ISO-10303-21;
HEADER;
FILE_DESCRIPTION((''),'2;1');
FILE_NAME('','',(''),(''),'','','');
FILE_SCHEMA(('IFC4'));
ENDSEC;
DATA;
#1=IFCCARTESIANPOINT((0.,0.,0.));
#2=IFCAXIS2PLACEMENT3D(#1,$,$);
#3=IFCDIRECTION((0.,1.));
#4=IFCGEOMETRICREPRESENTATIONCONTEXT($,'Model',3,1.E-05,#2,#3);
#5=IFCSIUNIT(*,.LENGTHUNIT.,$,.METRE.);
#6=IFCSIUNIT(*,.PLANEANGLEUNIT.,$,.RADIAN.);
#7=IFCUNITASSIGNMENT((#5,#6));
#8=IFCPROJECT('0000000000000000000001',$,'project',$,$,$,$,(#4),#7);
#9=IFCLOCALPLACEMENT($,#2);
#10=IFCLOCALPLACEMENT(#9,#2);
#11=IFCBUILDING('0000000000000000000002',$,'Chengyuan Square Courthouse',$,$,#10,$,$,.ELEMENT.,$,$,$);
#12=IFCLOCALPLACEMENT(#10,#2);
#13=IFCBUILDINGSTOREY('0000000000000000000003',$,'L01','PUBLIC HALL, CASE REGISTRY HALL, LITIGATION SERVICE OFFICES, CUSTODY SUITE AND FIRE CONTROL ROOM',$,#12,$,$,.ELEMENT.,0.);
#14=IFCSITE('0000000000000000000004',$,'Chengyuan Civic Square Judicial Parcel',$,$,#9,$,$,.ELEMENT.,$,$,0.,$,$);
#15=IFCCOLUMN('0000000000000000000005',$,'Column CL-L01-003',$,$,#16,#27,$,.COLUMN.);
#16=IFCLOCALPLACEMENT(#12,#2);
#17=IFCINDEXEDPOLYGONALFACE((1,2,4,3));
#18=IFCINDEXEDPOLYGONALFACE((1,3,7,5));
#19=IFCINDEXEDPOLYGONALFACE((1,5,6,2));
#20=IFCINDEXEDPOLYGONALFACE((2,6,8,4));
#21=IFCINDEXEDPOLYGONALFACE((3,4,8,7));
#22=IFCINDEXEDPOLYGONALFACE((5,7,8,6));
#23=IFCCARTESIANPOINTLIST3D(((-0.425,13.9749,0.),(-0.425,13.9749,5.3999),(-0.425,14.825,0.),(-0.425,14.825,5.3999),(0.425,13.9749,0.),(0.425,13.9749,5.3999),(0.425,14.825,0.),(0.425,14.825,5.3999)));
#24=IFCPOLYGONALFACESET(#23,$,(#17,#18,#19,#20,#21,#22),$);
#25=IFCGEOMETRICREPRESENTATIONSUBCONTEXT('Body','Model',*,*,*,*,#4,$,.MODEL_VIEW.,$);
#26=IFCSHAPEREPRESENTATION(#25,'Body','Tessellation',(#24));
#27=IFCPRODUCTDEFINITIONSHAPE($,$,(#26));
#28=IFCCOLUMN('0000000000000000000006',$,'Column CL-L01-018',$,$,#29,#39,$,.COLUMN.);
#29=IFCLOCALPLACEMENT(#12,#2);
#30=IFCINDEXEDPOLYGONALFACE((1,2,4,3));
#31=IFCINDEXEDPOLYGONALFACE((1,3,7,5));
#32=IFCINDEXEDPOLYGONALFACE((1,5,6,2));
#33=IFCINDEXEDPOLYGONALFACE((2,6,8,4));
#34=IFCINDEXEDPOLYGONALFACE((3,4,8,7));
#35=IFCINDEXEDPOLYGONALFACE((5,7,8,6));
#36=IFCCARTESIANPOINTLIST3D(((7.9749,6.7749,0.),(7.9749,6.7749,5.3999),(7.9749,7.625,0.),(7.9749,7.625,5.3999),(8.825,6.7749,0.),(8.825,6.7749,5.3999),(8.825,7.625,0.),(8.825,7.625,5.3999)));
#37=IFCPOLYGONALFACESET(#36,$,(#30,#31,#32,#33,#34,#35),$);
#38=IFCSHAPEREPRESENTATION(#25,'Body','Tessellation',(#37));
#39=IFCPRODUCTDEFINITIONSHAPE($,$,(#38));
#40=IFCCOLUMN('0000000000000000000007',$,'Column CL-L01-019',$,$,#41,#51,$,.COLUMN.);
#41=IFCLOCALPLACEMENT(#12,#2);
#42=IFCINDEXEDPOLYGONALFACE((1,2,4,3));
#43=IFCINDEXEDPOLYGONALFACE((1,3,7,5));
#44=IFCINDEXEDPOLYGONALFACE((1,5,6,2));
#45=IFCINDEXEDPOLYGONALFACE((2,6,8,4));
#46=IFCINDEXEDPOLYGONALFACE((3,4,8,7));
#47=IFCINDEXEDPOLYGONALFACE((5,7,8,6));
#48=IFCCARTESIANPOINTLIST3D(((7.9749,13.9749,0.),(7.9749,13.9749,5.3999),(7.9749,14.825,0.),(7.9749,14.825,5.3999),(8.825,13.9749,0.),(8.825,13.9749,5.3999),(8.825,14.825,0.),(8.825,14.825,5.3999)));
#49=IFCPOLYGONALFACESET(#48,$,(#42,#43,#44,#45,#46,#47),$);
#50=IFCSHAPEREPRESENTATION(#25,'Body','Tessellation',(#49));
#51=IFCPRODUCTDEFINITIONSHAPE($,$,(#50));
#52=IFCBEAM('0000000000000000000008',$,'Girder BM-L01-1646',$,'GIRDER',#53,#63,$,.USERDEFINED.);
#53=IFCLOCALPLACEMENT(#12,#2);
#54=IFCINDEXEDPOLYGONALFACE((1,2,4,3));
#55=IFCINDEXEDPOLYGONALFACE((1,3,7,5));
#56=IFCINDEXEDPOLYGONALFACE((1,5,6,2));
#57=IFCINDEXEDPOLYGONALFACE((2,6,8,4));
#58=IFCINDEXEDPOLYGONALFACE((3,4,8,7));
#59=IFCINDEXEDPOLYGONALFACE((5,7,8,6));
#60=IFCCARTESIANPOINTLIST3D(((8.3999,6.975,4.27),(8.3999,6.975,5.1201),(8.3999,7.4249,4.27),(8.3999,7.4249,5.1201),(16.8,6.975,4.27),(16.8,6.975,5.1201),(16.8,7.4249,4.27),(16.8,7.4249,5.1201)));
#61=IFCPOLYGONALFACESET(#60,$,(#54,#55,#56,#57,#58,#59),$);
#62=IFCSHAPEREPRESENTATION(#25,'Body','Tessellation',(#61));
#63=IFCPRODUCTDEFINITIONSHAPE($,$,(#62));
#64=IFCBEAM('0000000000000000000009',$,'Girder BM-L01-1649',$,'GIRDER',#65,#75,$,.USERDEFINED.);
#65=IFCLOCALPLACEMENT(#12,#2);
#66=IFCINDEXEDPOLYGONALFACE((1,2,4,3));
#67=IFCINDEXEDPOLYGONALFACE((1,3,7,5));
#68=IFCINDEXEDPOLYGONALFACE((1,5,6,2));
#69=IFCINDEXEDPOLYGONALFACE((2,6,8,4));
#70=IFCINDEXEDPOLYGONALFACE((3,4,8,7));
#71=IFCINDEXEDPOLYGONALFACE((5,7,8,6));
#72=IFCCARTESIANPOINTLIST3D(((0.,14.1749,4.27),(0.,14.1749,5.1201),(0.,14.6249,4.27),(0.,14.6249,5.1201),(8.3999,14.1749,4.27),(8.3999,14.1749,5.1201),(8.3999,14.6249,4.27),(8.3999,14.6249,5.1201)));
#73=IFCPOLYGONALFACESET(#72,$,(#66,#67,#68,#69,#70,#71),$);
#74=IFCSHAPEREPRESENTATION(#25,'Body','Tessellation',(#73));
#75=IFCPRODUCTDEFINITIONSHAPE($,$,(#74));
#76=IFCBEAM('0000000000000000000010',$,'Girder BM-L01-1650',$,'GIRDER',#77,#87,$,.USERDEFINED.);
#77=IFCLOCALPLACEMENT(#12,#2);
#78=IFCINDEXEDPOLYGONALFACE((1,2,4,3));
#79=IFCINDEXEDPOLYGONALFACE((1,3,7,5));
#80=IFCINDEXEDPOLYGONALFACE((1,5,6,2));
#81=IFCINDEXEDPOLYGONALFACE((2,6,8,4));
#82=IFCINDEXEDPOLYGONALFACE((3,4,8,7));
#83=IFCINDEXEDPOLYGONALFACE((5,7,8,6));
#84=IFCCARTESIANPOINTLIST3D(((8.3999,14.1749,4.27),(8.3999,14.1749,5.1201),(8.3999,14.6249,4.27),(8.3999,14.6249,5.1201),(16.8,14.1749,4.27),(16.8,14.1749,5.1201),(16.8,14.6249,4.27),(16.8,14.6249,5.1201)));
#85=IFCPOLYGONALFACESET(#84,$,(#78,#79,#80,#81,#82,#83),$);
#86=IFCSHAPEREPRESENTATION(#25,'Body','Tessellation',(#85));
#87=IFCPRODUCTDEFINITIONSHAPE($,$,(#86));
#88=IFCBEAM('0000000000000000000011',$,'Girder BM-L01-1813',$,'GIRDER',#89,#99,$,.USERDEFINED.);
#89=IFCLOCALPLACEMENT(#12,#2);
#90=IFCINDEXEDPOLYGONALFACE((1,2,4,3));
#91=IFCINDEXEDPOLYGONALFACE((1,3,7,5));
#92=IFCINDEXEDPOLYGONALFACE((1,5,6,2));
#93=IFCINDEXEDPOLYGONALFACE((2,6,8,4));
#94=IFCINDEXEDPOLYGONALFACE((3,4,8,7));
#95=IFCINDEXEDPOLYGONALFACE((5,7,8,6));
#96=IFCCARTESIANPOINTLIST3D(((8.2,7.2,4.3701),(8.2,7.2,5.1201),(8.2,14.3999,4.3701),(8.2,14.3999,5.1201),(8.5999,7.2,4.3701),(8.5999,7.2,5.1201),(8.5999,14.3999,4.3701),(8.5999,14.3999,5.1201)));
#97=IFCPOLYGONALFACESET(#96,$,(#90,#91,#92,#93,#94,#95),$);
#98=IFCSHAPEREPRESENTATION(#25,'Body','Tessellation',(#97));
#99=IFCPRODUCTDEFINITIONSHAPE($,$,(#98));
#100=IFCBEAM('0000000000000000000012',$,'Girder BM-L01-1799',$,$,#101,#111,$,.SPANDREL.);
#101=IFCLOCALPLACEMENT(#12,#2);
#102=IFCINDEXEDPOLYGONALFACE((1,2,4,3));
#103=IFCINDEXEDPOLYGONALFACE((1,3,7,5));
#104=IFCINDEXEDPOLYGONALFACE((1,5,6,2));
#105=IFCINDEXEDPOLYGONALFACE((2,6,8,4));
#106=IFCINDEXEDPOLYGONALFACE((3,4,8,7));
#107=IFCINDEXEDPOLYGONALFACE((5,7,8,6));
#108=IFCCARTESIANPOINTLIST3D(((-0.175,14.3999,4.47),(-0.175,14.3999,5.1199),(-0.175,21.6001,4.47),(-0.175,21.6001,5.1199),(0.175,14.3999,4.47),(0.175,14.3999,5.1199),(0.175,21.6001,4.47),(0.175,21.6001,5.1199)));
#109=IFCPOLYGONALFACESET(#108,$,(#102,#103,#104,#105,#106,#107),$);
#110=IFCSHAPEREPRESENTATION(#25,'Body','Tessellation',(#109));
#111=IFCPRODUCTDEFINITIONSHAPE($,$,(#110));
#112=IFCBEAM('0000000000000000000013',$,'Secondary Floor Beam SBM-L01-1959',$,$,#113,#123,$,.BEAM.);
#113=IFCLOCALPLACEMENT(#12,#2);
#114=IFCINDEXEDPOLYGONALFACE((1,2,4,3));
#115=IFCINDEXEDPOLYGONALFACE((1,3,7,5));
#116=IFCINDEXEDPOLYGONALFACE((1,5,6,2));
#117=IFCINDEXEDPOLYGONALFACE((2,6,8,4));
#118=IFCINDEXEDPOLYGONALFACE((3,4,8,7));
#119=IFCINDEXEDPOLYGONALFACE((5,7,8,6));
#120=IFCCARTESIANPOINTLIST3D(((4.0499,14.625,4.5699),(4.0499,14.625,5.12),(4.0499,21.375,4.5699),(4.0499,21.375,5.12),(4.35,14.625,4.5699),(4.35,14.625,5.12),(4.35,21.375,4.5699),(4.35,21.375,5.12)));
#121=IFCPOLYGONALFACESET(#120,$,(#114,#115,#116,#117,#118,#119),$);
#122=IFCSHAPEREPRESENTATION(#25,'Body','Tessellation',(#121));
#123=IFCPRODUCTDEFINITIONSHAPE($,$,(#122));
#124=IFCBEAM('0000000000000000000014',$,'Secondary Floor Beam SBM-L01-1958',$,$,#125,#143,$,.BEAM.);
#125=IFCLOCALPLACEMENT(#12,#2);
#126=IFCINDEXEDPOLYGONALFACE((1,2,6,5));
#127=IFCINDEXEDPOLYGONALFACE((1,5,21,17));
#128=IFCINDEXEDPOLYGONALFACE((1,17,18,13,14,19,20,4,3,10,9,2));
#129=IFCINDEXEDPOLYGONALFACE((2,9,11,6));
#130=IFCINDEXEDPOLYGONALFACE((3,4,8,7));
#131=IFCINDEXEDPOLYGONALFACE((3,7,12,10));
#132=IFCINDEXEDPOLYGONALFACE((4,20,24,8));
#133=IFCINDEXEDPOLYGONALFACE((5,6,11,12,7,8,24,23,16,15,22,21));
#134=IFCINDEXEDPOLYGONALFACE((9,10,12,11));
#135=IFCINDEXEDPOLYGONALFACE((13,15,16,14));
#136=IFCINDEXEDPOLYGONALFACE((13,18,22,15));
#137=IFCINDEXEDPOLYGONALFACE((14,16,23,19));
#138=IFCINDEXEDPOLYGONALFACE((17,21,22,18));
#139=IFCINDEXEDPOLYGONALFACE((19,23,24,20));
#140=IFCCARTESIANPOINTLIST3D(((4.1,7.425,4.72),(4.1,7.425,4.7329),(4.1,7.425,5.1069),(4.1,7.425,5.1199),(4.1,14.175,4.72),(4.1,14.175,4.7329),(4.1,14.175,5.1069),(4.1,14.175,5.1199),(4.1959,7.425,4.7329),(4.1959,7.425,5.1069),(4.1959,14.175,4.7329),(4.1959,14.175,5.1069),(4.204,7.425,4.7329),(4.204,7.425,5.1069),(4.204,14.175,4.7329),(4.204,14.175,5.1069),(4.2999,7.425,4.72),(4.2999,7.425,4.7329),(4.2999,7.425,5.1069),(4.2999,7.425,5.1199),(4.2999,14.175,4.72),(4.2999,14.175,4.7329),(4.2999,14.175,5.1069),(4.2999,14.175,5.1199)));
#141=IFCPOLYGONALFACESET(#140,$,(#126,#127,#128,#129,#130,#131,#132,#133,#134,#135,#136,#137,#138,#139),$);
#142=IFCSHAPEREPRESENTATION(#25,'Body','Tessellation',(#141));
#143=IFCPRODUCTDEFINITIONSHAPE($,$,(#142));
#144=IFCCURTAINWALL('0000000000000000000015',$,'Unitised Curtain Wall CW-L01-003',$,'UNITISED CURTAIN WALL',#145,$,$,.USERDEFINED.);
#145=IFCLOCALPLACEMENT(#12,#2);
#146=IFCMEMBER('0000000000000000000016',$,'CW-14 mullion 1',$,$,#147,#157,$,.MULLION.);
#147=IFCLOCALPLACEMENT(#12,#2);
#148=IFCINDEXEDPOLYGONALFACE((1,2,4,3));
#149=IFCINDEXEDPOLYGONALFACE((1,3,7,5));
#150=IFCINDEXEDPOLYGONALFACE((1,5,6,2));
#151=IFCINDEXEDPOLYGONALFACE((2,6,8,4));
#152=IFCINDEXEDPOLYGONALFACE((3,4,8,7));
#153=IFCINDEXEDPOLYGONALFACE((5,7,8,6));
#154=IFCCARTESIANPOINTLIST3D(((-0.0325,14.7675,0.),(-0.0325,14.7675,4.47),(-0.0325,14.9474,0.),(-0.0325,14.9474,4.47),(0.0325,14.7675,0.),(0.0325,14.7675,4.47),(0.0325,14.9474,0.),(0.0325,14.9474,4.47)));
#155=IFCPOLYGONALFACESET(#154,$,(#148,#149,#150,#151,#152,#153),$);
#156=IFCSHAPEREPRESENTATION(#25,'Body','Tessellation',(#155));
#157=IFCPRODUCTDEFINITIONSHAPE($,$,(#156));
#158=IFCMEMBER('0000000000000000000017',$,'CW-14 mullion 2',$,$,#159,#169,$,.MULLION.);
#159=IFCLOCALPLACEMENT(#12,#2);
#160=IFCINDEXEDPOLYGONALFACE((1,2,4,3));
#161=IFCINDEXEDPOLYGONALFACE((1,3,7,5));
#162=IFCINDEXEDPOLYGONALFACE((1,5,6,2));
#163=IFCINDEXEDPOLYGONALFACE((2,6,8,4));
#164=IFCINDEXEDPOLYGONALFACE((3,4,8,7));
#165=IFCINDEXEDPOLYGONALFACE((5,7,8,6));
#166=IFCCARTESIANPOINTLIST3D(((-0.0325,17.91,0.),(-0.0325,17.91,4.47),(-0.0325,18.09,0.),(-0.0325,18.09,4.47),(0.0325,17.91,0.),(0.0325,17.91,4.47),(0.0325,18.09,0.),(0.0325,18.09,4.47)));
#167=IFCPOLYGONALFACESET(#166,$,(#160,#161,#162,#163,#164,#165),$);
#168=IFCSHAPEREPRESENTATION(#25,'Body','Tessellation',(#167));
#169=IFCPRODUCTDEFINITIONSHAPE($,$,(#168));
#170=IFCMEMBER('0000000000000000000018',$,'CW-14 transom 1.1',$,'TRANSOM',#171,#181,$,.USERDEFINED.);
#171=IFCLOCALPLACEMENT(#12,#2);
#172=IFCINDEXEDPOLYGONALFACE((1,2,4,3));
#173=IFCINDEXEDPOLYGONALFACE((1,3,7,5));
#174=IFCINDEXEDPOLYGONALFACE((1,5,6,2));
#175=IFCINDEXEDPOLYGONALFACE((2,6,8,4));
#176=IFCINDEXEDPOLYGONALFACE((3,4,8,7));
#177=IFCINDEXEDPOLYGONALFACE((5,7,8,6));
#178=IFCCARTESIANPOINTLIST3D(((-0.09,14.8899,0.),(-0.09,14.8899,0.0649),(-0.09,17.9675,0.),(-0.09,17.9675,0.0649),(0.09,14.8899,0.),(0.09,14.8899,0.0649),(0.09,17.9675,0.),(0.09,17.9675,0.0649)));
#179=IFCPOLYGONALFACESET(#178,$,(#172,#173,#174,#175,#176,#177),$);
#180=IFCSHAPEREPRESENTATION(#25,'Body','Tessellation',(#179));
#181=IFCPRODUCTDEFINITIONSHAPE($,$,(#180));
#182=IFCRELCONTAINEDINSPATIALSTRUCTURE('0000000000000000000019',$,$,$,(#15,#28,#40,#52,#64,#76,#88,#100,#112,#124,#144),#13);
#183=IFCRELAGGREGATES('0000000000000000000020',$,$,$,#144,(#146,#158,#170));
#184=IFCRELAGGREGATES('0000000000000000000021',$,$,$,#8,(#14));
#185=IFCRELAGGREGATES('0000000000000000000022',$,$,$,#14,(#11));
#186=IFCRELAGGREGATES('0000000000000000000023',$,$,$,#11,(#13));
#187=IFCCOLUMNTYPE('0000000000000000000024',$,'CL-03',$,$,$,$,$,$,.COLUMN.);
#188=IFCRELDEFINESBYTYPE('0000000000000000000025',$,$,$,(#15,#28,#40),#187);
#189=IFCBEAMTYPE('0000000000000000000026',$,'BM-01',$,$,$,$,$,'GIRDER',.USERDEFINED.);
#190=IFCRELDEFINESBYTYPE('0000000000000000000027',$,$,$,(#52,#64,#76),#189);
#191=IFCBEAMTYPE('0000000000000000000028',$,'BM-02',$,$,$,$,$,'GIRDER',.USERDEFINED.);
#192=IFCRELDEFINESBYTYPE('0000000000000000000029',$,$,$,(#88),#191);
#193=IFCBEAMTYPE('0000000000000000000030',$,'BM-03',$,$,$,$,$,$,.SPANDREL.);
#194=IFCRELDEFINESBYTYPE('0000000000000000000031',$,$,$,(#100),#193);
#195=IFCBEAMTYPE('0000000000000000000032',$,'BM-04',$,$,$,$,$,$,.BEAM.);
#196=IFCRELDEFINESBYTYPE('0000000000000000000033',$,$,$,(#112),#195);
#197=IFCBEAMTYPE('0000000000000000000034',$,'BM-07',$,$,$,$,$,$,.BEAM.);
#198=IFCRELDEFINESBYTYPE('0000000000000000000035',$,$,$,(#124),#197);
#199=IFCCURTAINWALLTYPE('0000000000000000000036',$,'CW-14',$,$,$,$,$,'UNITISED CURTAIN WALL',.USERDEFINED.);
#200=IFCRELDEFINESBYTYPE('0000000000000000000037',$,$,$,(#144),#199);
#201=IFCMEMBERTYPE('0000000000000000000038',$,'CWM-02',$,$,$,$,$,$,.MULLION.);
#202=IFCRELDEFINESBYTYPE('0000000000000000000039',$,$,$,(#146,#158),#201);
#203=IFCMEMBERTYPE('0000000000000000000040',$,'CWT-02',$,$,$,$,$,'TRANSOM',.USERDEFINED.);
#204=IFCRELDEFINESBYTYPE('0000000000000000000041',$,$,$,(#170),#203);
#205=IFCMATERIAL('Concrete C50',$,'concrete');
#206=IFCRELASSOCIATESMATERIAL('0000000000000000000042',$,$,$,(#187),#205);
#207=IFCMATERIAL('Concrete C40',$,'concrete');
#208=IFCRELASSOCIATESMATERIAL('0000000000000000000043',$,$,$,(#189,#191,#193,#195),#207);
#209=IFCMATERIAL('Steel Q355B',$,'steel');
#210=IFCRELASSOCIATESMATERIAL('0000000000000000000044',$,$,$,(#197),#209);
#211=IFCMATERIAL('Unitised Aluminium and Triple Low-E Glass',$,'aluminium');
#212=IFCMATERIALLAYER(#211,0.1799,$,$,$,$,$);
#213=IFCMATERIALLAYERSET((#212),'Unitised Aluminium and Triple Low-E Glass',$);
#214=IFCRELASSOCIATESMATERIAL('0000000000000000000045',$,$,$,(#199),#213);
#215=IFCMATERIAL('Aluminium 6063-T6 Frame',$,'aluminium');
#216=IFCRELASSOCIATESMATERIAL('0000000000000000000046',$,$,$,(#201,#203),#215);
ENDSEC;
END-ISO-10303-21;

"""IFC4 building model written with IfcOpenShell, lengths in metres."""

from ifc_helpers import new_model, si_unit, direction, frame, origin, origin_2d, place, context, subcontext, project, spatial, rectangle, i_section, extrude, material, layer, layer_set, material_profile, profile_set, type_object, element, aggregate, save


model = new_model("IFC4")

# Units and contexts
model_context = context("Model", 3, precision=1e-05, world=origin(), true_north=direction((0.0, 1.0)))
body_context = subcontext(model_context, "Body", "Model", "MODEL_VIEW")
ifc_project = project(units=[si_unit("LENGTHUNIT", "METRE"), si_unit("PLANEANGLEUNIT", "RADIAN")], contexts=[model_context])

# Site, building, storey
site_placement = place(None, origin())
site = spatial("IfcSite", under=ifc_project, at=site_placement, Name="Chengyuan Civic Square Judicial Parcel", CompositionType="ELEMENT", RefElevation=0.0)
building_placement = place(site_placement, origin())
building = spatial("IfcBuilding", under=site, at=building_placement, Name="Chengyuan Square Courthouse", CompositionType="ELEMENT")
storey_placement = place(building_placement, origin())
storey = spatial("IfcBuildingStorey", under=building, at=storey_placement, Name="L01", Description="PUBLIC HALL, CASE REGISTRY HALL, LITIGATION SERVICE OFFICES, CUSTODY SUITE AND FIRE CONTROL ROOM", CompositionType="ELEMENT", Elevation=0.0)

# Columns
ifc_material_1 = material(Name="Concrete C50", Category="concrete")
ifc_material_profile_1 = material_profile(ifc_material_1, rectangle(XDim=0.8501, YDim=0.8501, at=origin_2d()), Name="RC-COL-850x850")
ifc_profile_set_1 = profile_set([ifc_material_profile_1], Name="Concrete C50")
column_type = type_object("IfcColumnType", Name="CL-03", PredefinedType="COLUMN", material=ifc_profile_set_1)
for number, where, z_axis, x_axis, name in (
    (1, (0.0, 14.3999, 0.0), (0.0, 0.0, 1.0), (1.0, 0.0, 0.0), "Column CL-L01-003"),
    (2, (8.3999, 7.2, 0.0), (0.0, 0.0, 1.0), (1.0, 0.0, 0.0), "Column CL-L01-018"),
    (3, (8.3999, 14.3999, 0.0), (0.0, 0.0, 1.0), (1.0, 0.0, 0.0), "Column CL-L01-019"),
):
    element("IfcColumn", number, at=place(storey_placement, frame(where, z_axis=z_axis, x_axis=x_axis)), inside=storey, type_object=column_type, Name=name, PredefinedType="COLUMN", context=body_context, shape_type="SweptSolid", body=[
        extrude(rectangle(XDim=0.8501, YDim=0.8501, at=origin_2d()), origin(), (0.0, 0.0, 1.0), 5.3999),
    ])

# Beams
ifc_material_2 = material(Name="Concrete C40", Category="concrete")
ifc_material_profile_2 = material_profile(ifc_material_2, rectangle(XDim=0.45, YDim=0.8501, at=origin_2d()), Name="RC-BM-450x850")
ifc_profile_set_2 = profile_set([ifc_material_profile_2], Name="Concrete C40")
beam_type_1 = type_object("IfcBeamType", Name="BM-01", ElementType="GIRDER", PredefinedType="USERDEFINED", material=ifc_profile_set_2)
beam_1_placement = place(storey_placement, frame((8.3999, 7.2, 4.6951), z_axis=(1.0, 0.0, 0.0), x_axis=(0.0, 1.0, 0.0)))
element("IfcBeam", 4, at=beam_1_placement, inside=storey, type_object=beam_type_1, Name="Girder BM-L01-1646", ObjectType="GIRDER", PredefinedType="USERDEFINED", context=body_context, shape_type="SweptSolid", body=[
    extrude(rectangle(XDim=0.45, YDim=0.8501, at=origin_2d()), origin(), (0.0, 0.0, 1.0), 8.4001),
])
beam_2_placement = place(storey_placement, frame((0.0, 14.3999, 4.6951), z_axis=(1.0, 0.0, 0.0), x_axis=(0.0, 1.0, 0.0)))
element("IfcBeam", 5, at=beam_2_placement, inside=storey, type_object=beam_type_1, Name="Girder BM-L01-1649", ObjectType="GIRDER", PredefinedType="USERDEFINED", context=body_context, shape_type="SweptSolid", body=[
    extrude(rectangle(XDim=0.45, YDim=0.8501, at=origin_2d()), origin(), (0.0, 0.0, 1.0), 8.3999),
])
beam_3_placement = place(storey_placement, frame((8.3999, 14.3999, 4.6951), z_axis=(1.0, 0.0, 0.0), x_axis=(0.0, 1.0, 0.0)))
element("IfcBeam", 6, at=beam_3_placement, inside=storey, type_object=beam_type_1, Name="Girder BM-L01-1650", ObjectType="GIRDER", PredefinedType="USERDEFINED", context=body_context, shape_type="SweptSolid", body=[
    extrude(rectangle(XDim=0.45, YDim=0.8501, at=origin_2d()), origin(), (0.0, 0.0, 1.0), 8.4001),
])
ifc_material_profile_3 = material_profile(ifc_material_2, rectangle(XDim=0.3999, YDim=0.75, at=origin_2d()), Name="RC-BM-400x750")
ifc_profile_set_3 = profile_set([ifc_material_profile_3], Name="Concrete C40")
beam_type_2 = type_object("IfcBeamType", Name="BM-02", ElementType="GIRDER", PredefinedType="USERDEFINED", material=ifc_profile_set_3)
beam_4_placement = place(storey_placement, frame((8.3999, 7.2, 4.7451), z_axis=(0.0, 1.0, 0.0), x_axis=(-1.0, 0.0, 0.0)))
element("IfcBeam", 7, at=beam_4_placement, inside=storey, type_object=beam_type_2, Name="Girder BM-L01-1813", ObjectType="GIRDER", PredefinedType="USERDEFINED", context=body_context, shape_type="SweptSolid", body=[
    extrude(rectangle(XDim=0.3999, YDim=0.75, at=origin_2d()), origin(), (0.0, 0.0, 1.0), 7.2),
])
ifc_material_profile_4 = material_profile(ifc_material_2, rectangle(XDim=0.3501, YDim=0.6499, at=origin_2d()), Name="RC-BM-350x650")
ifc_profile_set_4 = profile_set([ifc_material_profile_4], Name="Concrete C40")
beam_type_3 = type_object("IfcBeamType", Name="BM-03", PredefinedType="SPANDREL", material=ifc_profile_set_4)
beam_5_placement = place(storey_placement, frame((0.0, 14.3999, 4.7949), z_axis=(0.0, 1.0, 0.0), x_axis=(-1.0, 0.0, 0.0)))
element("IfcBeam", 8, at=beam_5_placement, inside=storey, type_object=beam_type_3, Name="Girder BM-L01-1799", PredefinedType="SPANDREL", context=body_context, shape_type="SweptSolid", body=[
    extrude(rectangle(XDim=0.3501, YDim=0.6499, at=origin_2d()), origin(), (0.0, 0.0, 1.0), 7.2002),
])
ifc_material_profile_5 = material_profile(ifc_material_2, rectangle(XDim=0.3, YDim=0.55, at=origin_2d()), Name="RC-BM-300x550")
ifc_profile_set_5 = profile_set([ifc_material_profile_5], Name="Concrete C40")
beam_type_4 = type_object("IfcBeamType", Name="BM-04", PredefinedType="BEAM", material=ifc_profile_set_5)
beam_6_placement = place(storey_placement, frame((4.2, 14.625, 4.845), z_axis=(0.0, 1.0, 0.0), x_axis=(-1.0, 0.0, 0.0)))
element("IfcBeam", 9, at=beam_6_placement, inside=storey, type_object=beam_type_4, Name="Secondary Floor Beam SBM-L01-1959", PredefinedType="BEAM", context=body_context, shape_type="SweptSolid", body=[
    extrude(rectangle(XDim=0.3, YDim=0.55, at=origin_2d()), origin(), (0.0, 0.0, 1.0), 6.75),
])
ifc_material_3 = material(Name="Steel Q355B", Category="steel")
ifc_material_profile_6 = material_profile(ifc_material_3, i_section(OverallWidth=0.2, OverallDepth=0.3999, WebThickness=0.0081, FlangeThickness=0.0129, at=origin_2d()), Name="HN 400x200x8x13")
ifc_profile_set_6 = profile_set([ifc_material_profile_6], Name="Steel Q355B")
beam_type_5 = type_object("IfcBeamType", Name="BM-07", PredefinedType="BEAM", material=ifc_profile_set_6)
beam_7_placement = place(storey_placement, frame((4.2, 7.425, 4.9199), z_axis=(0.0, 1.0, 0.0), x_axis=(-1.0, 0.0, 0.0)))
element("IfcBeam", 10, at=beam_7_placement, inside=storey, type_object=beam_type_5, Name="Secondary Floor Beam SBM-L01-1958", PredefinedType="BEAM", context=body_context, shape_type="SweptSolid", body=[
    extrude(i_section(OverallWidth=0.2, OverallDepth=0.3999, WebThickness=0.0081, FlangeThickness=0.0129, at=origin_2d()), origin(), (0.0, 0.0, 1.0), 6.75),
])

# Curtain wall, members
ifc_material_4 = material(Name="Unitised Aluminium and Triple Low-E Glass", Category="aluminium")
ifc_layer_1 = layer(ifc_material_4, 0.1799)
ifc_layer_set_1 = layer_set([ifc_layer_1], Name="Unitised Aluminium and Triple Low-E Glass")
curtain_wall_type = type_object("IfcCurtainWallType", Name="CW-14", ElementType="UNITISED CURTAIN WALL", PredefinedType="USERDEFINED", material=ifc_layer_set_1)
curtain_wall_placement = place(storey_placement, origin())
curtain_wall = element("IfcCurtainWall", 11, at=curtain_wall_placement, inside=storey, type_object=curtain_wall_type, Name="Unitised Curtain Wall CW-L01-003", ObjectType="UNITISED CURTAIN WALL", PredefinedType="USERDEFINED")
ifc_material_5 = material(Name="Aluminium 6063-T6 Frame", Category="aluminium")
ifc_material_profile_7 = material_profile(ifc_material_5, rectangle(XDim=0.0649, YDim=0.1799, at=origin_2d()), Name="CW-MUL-65x180")
ifc_profile_set_7 = profile_set([ifc_material_profile_7], Name="Aluminium 6063-T6 Frame")
member_type_1 = type_object("IfcMemberType", Name="CWM-02", PredefinedType="MULLION", material=ifc_profile_set_7)
member_1_placement = place(storey_placement, frame((0.0, 14.8574, 0.0), z_axis=(0.0, 0.0, 1.0), x_axis=(-1.0, 0.0, 0.0)))
member_1 = element("IfcMember", 12, at=member_1_placement, type_object=member_type_1, Name="CW-14 mullion 1", PredefinedType="MULLION", context=body_context, shape_type="SweptSolid", body=[
    extrude(rectangle(XDim=0.0649, YDim=0.1799, at=origin_2d()), origin(), (0.0, 0.0, 1.0), 4.47),
])
member_2_placement = place(storey_placement, frame((0.0, 18.0, 0.0), z_axis=(0.0, 0.0, 1.0), x_axis=(-1.0, 0.0, 0.0)))
member_2 = element("IfcMember", 13, at=member_2_placement, type_object=member_type_1, Name="CW-14 mullion 2", PredefinedType="MULLION", context=body_context, shape_type="SweptSolid", body=[
    extrude(rectangle(XDim=0.0649, YDim=0.1799, at=origin_2d()), origin(), (0.0, 0.0, 1.0), 4.47),
])
ifc_material_profile_8 = material_profile(ifc_material_5, rectangle(XDim=0.1799, YDim=0.0649, at=origin_2d()), Name="CW-TRN-65x140")
ifc_profile_set_8 = profile_set([ifc_material_profile_8], Name="Aluminium 6063-T6 Frame")
member_type_2 = type_object("IfcMemberType", Name="CWT-02", ElementType="TRANSOM", PredefinedType="USERDEFINED", material=ifc_profile_set_8)
member_3_placement = place(storey_placement, frame((0.0, 14.8899, 0.0325), z_axis=(0.0, 1.0, 0.0), x_axis=(-1.0, 0.0, 0.0)))
member_3 = element("IfcMember", 14, at=member_3_placement, type_object=member_type_2, Name="CW-14 transom 1.1", ObjectType="TRANSOM", PredefinedType="USERDEFINED", context=body_context, shape_type="SweptSolid", body=[
    extrude(rectangle(XDim=0.1799, YDim=0.0649, at=origin_2d()), origin(), (0.0, 0.0, 1.0), 3.0776),
])
aggregate(curtain_wall, [member_1, member_2, member_3])

save(model, "model.ifc")
